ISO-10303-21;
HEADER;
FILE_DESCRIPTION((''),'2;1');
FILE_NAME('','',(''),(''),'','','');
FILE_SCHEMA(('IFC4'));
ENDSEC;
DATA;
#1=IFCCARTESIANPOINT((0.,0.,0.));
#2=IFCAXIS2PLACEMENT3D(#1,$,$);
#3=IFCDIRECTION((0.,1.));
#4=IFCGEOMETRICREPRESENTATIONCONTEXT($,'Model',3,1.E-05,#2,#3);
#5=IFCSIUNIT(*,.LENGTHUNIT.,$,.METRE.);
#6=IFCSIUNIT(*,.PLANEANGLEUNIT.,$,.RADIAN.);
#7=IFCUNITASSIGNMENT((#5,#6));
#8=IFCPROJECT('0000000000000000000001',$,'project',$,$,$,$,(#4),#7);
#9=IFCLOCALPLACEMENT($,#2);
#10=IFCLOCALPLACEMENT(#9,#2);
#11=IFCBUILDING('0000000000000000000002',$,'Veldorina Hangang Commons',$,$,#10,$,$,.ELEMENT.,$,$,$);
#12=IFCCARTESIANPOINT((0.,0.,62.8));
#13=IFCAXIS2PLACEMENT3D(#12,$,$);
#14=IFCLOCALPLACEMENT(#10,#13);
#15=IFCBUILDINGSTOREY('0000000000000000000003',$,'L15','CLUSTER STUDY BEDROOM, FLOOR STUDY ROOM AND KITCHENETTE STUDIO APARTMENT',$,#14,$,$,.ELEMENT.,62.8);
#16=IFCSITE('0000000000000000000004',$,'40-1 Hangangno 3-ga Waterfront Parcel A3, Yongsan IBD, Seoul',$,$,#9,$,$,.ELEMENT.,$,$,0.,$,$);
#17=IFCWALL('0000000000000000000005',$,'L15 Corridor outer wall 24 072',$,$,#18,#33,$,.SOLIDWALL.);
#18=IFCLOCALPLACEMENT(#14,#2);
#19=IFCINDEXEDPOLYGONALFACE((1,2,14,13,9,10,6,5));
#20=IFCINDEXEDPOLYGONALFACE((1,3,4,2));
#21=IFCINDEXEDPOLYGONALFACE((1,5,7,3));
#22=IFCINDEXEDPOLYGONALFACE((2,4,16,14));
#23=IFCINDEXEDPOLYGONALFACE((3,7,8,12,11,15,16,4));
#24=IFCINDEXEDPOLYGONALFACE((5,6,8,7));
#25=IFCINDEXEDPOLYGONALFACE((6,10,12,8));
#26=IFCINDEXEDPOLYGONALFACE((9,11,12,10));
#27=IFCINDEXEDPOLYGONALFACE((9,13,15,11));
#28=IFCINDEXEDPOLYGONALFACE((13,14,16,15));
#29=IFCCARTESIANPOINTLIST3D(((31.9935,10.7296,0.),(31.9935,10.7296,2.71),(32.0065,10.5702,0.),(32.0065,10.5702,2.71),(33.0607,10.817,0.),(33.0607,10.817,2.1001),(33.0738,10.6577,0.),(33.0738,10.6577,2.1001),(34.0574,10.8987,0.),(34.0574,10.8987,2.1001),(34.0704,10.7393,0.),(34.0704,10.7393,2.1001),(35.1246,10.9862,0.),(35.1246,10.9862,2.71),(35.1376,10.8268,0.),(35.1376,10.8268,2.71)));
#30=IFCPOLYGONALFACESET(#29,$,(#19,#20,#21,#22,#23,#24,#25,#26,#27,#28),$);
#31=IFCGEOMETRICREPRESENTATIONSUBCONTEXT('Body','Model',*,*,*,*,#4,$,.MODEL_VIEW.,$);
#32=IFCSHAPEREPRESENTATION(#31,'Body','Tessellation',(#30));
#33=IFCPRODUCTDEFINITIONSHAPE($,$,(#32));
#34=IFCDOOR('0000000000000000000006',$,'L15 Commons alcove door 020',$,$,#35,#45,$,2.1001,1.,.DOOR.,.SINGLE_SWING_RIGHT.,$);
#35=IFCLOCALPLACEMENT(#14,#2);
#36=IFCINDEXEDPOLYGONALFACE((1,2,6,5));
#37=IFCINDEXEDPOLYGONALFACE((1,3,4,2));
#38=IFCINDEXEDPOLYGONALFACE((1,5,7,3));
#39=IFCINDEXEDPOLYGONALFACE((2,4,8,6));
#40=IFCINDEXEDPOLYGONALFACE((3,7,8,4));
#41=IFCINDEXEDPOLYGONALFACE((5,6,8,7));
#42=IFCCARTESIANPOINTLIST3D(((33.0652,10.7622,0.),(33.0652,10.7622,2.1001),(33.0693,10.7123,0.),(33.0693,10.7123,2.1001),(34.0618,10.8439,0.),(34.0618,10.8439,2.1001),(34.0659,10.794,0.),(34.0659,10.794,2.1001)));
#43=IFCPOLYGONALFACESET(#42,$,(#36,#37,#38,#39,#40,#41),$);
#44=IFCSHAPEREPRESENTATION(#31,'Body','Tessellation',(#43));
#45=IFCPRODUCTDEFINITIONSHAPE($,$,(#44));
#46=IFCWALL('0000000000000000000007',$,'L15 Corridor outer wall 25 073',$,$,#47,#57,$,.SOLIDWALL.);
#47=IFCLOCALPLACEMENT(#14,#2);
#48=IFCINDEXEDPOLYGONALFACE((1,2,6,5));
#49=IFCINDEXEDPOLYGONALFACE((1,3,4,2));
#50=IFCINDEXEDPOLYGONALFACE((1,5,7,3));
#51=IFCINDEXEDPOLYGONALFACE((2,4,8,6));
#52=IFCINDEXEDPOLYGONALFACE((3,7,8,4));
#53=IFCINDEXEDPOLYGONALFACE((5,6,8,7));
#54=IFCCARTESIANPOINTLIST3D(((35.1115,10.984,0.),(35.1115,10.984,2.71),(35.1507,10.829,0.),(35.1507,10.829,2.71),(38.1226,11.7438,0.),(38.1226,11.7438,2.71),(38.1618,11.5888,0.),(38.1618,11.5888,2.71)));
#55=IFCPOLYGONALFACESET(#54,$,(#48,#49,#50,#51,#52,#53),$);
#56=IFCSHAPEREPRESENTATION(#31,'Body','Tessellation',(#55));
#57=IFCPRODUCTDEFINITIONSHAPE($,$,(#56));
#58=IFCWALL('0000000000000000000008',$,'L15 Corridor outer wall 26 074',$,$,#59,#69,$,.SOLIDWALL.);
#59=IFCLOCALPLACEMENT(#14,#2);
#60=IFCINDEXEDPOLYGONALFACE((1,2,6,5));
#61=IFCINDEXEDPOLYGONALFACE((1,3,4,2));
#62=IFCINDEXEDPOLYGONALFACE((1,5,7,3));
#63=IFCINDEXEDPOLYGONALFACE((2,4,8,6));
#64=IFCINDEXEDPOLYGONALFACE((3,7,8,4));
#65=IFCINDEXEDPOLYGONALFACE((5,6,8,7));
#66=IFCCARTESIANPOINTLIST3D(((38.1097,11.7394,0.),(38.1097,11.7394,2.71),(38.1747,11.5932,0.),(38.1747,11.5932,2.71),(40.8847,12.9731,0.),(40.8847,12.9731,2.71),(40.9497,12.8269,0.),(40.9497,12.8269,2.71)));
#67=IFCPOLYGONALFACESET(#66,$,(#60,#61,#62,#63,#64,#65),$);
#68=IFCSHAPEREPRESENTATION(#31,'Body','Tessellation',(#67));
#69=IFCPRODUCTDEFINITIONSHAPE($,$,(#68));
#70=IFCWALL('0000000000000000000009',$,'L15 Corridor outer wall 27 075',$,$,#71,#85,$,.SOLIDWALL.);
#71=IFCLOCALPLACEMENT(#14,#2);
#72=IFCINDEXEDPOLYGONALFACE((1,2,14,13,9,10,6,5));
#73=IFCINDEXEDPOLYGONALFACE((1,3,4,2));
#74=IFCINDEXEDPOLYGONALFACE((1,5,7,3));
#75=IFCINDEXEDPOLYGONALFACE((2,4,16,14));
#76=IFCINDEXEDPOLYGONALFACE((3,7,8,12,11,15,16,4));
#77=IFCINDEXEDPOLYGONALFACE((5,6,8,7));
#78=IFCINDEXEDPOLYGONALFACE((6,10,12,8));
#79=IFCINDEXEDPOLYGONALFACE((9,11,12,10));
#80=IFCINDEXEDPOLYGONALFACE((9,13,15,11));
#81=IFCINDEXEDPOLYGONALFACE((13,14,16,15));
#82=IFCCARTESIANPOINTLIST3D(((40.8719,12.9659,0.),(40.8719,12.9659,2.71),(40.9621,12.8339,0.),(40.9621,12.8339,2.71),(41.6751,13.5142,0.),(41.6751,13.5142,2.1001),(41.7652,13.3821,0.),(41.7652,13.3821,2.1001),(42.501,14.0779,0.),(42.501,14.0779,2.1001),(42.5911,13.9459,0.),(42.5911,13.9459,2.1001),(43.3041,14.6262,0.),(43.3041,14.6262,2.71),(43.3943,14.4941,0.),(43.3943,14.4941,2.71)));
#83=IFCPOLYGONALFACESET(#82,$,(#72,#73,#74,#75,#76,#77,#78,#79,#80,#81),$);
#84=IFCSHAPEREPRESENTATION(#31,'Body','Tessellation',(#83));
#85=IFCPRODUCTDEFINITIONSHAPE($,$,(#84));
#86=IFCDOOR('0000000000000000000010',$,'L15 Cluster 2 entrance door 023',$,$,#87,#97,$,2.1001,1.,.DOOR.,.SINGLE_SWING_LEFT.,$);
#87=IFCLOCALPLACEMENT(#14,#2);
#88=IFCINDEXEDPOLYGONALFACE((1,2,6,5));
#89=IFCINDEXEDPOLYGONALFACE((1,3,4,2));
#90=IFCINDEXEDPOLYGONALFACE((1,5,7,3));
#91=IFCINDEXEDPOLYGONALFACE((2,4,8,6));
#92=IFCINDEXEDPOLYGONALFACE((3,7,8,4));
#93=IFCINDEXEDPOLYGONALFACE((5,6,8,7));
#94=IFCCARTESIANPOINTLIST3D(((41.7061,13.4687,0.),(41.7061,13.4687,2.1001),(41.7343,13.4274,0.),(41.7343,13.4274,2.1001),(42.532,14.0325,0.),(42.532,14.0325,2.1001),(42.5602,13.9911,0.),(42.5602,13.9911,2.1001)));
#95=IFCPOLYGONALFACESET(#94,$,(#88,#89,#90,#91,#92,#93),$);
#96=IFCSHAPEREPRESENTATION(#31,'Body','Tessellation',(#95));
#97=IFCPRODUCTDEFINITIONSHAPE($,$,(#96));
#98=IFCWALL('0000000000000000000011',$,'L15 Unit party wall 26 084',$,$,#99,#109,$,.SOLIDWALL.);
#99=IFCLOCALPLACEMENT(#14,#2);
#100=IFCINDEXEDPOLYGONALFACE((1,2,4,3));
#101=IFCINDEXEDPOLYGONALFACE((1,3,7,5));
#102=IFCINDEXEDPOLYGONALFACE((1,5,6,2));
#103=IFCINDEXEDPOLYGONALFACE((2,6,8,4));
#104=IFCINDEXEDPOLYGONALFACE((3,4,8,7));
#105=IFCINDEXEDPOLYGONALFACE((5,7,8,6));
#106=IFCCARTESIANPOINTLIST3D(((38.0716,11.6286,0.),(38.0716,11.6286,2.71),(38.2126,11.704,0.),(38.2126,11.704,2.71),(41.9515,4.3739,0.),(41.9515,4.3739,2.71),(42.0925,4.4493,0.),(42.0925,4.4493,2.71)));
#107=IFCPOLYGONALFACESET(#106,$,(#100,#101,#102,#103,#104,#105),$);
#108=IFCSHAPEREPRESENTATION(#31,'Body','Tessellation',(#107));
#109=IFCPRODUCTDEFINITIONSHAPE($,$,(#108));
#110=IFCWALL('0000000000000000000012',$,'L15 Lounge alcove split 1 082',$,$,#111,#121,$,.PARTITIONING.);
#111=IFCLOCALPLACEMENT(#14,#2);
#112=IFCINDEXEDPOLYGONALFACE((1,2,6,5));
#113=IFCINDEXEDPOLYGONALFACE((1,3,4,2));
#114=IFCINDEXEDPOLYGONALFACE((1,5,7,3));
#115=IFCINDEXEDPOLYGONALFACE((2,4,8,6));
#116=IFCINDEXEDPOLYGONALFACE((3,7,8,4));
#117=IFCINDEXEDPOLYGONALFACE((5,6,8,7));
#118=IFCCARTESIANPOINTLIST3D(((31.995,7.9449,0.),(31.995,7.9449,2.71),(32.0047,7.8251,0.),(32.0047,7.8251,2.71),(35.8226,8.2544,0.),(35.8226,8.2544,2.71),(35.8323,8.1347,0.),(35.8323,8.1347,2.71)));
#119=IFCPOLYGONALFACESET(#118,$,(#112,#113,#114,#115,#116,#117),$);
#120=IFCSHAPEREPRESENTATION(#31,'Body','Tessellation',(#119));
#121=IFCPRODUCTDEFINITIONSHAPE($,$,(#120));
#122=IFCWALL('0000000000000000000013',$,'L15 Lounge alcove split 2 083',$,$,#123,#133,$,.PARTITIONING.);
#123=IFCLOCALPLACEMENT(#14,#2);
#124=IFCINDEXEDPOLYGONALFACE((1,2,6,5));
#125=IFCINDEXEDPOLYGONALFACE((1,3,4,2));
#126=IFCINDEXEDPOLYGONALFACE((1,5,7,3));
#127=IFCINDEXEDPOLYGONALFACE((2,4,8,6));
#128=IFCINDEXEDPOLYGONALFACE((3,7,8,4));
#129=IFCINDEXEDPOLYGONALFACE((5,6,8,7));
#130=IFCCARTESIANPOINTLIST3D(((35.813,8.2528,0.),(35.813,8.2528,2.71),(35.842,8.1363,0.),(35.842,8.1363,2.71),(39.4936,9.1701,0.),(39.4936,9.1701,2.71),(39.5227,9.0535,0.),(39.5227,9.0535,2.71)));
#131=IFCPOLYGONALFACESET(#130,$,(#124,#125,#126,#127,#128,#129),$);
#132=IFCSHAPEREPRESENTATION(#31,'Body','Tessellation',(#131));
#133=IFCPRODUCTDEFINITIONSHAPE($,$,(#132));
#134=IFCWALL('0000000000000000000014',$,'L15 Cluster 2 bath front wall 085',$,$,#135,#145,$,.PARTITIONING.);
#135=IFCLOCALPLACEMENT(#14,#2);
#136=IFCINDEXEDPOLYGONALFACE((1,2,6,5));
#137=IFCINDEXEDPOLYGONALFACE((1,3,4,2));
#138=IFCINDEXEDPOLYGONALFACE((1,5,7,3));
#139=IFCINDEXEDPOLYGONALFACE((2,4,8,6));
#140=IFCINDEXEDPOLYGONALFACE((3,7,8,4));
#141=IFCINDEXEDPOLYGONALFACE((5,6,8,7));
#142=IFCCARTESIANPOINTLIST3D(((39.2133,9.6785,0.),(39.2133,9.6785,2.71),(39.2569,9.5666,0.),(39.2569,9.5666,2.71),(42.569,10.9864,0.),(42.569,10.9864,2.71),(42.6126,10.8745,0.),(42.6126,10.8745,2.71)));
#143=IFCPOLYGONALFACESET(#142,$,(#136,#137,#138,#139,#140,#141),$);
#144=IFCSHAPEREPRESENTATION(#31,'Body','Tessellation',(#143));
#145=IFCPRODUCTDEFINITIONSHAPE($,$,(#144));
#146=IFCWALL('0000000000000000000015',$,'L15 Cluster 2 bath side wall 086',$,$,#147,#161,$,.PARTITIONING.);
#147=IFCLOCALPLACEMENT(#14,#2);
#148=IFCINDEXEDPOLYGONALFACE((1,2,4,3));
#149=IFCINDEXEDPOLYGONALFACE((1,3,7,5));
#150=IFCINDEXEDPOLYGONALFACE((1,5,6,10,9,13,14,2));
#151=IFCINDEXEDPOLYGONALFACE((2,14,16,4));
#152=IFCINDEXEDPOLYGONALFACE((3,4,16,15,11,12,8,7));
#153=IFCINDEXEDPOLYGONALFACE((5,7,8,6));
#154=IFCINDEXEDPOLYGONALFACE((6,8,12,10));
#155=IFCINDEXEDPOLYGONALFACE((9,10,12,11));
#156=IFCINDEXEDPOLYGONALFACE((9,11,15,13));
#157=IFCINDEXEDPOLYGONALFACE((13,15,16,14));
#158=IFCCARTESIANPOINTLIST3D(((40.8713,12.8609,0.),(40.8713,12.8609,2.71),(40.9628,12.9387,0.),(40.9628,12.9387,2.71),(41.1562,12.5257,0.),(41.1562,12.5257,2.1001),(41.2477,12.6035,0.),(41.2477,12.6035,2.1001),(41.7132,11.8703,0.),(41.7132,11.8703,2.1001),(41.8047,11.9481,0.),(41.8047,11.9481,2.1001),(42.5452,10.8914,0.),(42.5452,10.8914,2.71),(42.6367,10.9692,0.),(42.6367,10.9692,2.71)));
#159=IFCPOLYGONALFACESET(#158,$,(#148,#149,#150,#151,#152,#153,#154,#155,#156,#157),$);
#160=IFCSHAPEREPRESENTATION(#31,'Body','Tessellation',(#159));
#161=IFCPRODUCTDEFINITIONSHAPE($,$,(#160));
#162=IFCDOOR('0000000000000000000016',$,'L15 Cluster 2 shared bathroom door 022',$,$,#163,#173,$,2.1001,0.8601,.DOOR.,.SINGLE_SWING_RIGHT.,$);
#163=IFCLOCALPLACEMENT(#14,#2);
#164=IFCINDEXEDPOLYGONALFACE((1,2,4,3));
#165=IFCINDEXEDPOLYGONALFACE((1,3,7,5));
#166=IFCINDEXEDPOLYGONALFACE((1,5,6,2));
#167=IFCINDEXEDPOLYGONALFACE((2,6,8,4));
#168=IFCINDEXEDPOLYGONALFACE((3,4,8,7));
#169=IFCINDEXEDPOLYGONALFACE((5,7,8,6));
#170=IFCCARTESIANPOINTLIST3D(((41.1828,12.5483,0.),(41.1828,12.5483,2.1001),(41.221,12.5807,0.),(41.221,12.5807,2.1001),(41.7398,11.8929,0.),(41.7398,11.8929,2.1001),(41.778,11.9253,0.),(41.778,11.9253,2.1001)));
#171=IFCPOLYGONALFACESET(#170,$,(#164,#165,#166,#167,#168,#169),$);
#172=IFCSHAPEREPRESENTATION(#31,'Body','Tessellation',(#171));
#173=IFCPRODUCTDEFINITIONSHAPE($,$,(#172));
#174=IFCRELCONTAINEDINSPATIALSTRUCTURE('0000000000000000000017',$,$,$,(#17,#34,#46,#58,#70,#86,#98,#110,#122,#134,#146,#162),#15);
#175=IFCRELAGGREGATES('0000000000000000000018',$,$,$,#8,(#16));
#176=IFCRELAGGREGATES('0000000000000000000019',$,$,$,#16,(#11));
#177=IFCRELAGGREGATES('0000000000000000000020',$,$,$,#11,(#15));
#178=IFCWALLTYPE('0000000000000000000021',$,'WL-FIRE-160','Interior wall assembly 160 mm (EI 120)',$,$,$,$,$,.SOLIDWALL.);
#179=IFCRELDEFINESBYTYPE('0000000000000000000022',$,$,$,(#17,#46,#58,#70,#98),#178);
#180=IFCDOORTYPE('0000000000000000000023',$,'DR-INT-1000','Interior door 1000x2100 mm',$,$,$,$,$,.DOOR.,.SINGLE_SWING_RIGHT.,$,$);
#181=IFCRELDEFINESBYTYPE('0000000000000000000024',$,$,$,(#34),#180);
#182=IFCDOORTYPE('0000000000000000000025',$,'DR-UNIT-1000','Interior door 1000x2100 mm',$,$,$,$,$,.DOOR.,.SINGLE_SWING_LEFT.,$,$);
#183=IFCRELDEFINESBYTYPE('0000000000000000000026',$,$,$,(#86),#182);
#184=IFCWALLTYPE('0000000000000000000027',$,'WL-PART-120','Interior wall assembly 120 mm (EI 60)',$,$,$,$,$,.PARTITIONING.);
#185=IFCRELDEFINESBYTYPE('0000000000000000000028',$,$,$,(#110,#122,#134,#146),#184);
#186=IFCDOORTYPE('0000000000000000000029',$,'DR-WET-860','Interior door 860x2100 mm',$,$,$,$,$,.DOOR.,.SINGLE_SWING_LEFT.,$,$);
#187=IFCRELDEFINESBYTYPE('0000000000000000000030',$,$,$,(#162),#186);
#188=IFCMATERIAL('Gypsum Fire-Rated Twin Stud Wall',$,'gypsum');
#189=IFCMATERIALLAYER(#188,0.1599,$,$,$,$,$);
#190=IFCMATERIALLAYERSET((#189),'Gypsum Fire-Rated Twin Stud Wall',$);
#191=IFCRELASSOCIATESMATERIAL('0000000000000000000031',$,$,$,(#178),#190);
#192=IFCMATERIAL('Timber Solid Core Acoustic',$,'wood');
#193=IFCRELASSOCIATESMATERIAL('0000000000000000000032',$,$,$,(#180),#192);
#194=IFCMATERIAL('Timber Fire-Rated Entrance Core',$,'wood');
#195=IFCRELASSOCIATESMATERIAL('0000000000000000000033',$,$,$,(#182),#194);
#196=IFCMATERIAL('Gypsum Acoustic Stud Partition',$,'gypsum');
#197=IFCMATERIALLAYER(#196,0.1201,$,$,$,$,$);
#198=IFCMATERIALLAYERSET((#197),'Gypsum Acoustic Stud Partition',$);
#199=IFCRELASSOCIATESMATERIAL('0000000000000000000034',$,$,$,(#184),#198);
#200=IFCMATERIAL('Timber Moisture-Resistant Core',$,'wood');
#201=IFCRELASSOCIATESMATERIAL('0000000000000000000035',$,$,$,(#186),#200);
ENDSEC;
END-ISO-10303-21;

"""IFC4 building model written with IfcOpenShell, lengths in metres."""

from ifc_helpers import new_model, si_unit, direction, frame, frame_2d, origin, place, context, subcontext, project, spatial, rectangle, extrude, material, layer, layer_set, type_object, element, fill, save


model = new_model("IFC4")

# Units and contexts
model_context = context("Model", 3, precision=1e-05, world=origin(), true_north=direction((0.0, 1.0)))
body_context = subcontext(model_context, "Body", "Model", "MODEL_VIEW")
ifc_project = project(units=[si_unit("LENGTHUNIT", "METRE"), si_unit("PLANEANGLEUNIT", "RADIAN")], contexts=[model_context])

# Site, building, storey
site_placement = place(None, origin())
site = spatial("IfcSite", under=ifc_project, at=site_placement, Name="40-1 Hangangno 3-ga Waterfront Parcel A3, Yongsan IBD, Seoul", CompositionType="ELEMENT", RefElevation=0.0)
building_placement = place(site_placement, origin())
building = spatial("IfcBuilding", under=site, at=building_placement, Name="Veldorina Hangang Commons", CompositionType="ELEMENT")
storey_placement = place(building_placement, frame((0.0, 0.0, 62.8)))
storey = spatial("IfcBuildingStorey", under=building, at=storey_placement, Name="L15", Description="CLUSTER STUDY BEDROOM, FLOOR STUDY ROOM AND KITCHENETTE STUDIO APARTMENT", CompositionType="ELEMENT", Elevation=62.8)

# Wall, opening, door
ifc_material_1 = material(Name="Gypsum Fire-Rated Twin Stud Wall", Category="gypsum")
ifc_layer_1 = layer(ifc_material_1, 0.1599)
ifc_layer_set_1 = layer_set([ifc_layer_1], Name="Gypsum Fire-Rated Twin Stud Wall")
wall_type_1 = type_object("IfcWallType", Name="WL-FIRE-160", Description="Interior wall assembly 160 mm (EI 120)", PredefinedType="SOLIDWALL", material=ifc_layer_set_1)
wall_1_placement = place(storey_placement, frame((32.0, 10.6499, 0.0), z_axis=(0.0, 0.0, 1.0), x_axis=(0.996659, 0.081676, 0.0)))
wall_1 = element("IfcWall", 1, at=wall_1_placement, inside=storey, type_object=wall_type_1, Name="L15 Corridor outer wall 24 072", PredefinedType="SOLIDWALL", context=body_context, shape_type="SweptSolid", body=[
    extrude(rectangle(XDim=3.1416, YDim=0.1599, at=frame_2d((1.5708, 0.0))), origin(), (0.0, 0.0, 1.0), 2.71),
])
opening_1_placement = place(wall_1_placement, frame((1.0708, 0.0, 0.0)))
opening_1 = element("IfcOpeningElement", 2, at=opening_1_placement, cuts=wall_1, PredefinedType="OPENING", context=body_context, shape_type="SweptSolid", body=[
    extrude(rectangle(XDim=1.0, YDim=2.1001, at=frame_2d((0.5, 1.05))), frame((0.0, 0.0898, 0.0), z_axis=(0.0, -1.0, 0.0), x_axis=(1.0, 0.0, 0.0)), (0.0, 0.0, 1.0), 0.1799),
])
ifc_material_2 = material(Name="Timber Solid Core Acoustic", Category="wood")
door_type_1 = type_object("IfcDoorType", Name="DR-INT-1000", Description="Interior door 1000x2100 mm", OperationType="SINGLE_SWING_RIGHT", PredefinedType="DOOR", material=ifc_material_2)
door_1_placement = place(opening_1_placement, origin())
door_1 = element("IfcDoor", 3, at=door_1_placement, inside=storey, type_object=door_type_1, Name="L15 Commons alcove door 020", OperationType="SINGLE_SWING_RIGHT", OverallHeight=2.1001, OverallWidth=1.0, PredefinedType="DOOR", context=body_context, shape_type="SweptSolid", body=[
    extrude(rectangle(XDim=1.0, YDim=2.1001, at=frame_2d((0.5, 1.05))), frame((0.0, 0.0249, 0.0), z_axis=(0.0, -1.0, 0.0), x_axis=(1.0, 0.0, 0.0)), (0.0, 0.0, 1.0), 0.05),
])
fill(opening_1, door_1)

# Walls
wall_2_placement = place(storey_placement, frame((35.1311, 10.9065, 0.0), z_axis=(0.0, 0.0, 1.0), x_axis=(0.969608, 0.244662, 0.0)))
element("IfcWall", 4, at=wall_2_placement, inside=storey, type_object=wall_type_1, Name="L15 Corridor outer wall 25 073", PredefinedType="SOLIDWALL", context=body_context, shape_type="SweptSolid", body=[
    extrude(rectangle(XDim=3.1055, YDim=0.1599, at=frame_2d((1.5527, 0.0))), origin(), (0.0, 0.0, 1.0), 2.71),
])
wall_3_placement = place(storey_placement, frame((38.1421, 11.6663, 0.0), z_axis=(0.0, 0.0, 1.0), x_axis=(0.913768, 0.406235, 0.0)))
element("IfcWall", 5, at=wall_3_placement, inside=storey, type_object=wall_type_1, Name="L15 Corridor outer wall 26 074", PredefinedType="SOLIDWALL", context=body_context, shape_type="SweptSolid", body=[
    extrude(rectangle(XDim=3.0369, YDim=0.1599, at=frame_2d((1.5186, 0.0))), origin(), (0.0, 0.0, 1.0), 2.71),
])

# Wall, opening, door
wall_4_placement = place(storey_placement, frame((40.917, 12.8999, 0.0), z_axis=(0.0, 0.0, 1.0), x_axis=(0.825929, 0.563774, 0.0)))
wall_4 = element("IfcWall", 6, at=wall_4_placement, inside=storey, type_object=wall_type_1, Name="L15 Corridor outer wall 27 075", PredefinedType="SOLIDWALL", context=body_context, shape_type="SweptSolid", body=[
    extrude(rectangle(XDim=2.9448, YDim=0.1599, at=frame_2d((1.4724, 0.0))), origin(), (0.0, 0.0, 1.0), 2.71),
])
opening_2_placement = place(wall_4_placement, frame((0.9724, 0.0, 0.0)))
opening_2 = element("IfcOpeningElement", 7, at=opening_2_placement, cuts=wall_4, PredefinedType="OPENING", context=body_context, shape_type="SweptSolid", body=[
    extrude(rectangle(XDim=1.0, YDim=2.1001, at=frame_2d((0.5, 1.05))), frame((0.0, 0.0898, 0.0), z_axis=(0.0, -1.0, 0.0), x_axis=(1.0, 0.0, 0.0)), (0.0, 0.0, 1.0), 0.1799),
])
ifc_material_3 = material(Name="Timber Fire-Rated Entrance Core", Category="wood")
door_type_2 = type_object("IfcDoorType", Name="DR-UNIT-1000", Description="Interior door 1000x2100 mm", OperationType="SINGLE_SWING_LEFT", PredefinedType="DOOR", material=ifc_material_3)
door_2_placement = place(opening_2_placement, origin())
door_2 = element("IfcDoor", 8, at=door_2_placement, inside=storey, type_object=door_type_2, Name="L15 Cluster 2 entrance door 023", OperationType="SINGLE_SWING_LEFT", OverallHeight=2.1001, OverallWidth=1.0, PredefinedType="DOOR", context=body_context, shape_type="SweptSolid", body=[
    extrude(rectangle(XDim=1.0, YDim=2.1001, at=frame_2d((0.5, 1.05))), frame((0.0, 0.0249, 0.0), z_axis=(0.0, -1.0, 0.0), x_axis=(1.0, 0.0, 0.0)), (0.0, 0.0, 1.0), 0.05),
])
fill(opening_2, door_2)

# Walls
wall_5_placement = place(storey_placement, frame((38.1421, 11.6663, 0.0), z_axis=(0.0, 0.0, 1.0), x_axis=(0.471604, -0.88181, 0.0)))
element("IfcWall", 9, at=wall_5_placement, inside=storey, type_object=wall_type_1, Name="L15 Unit party wall 26 084", PredefinedType="SOLIDWALL", context=body_context, shape_type="SweptSolid", body=[
    extrude(rectangle(XDim=8.2271, YDim=0.1599, at=frame_2d((4.1135, 0.0))), origin(), (0.0, 0.0, 1.0), 2.71),
])
ifc_material_4 = material(Name="Gypsum Acoustic Stud Partition", Category="gypsum")
ifc_layer_2 = layer(ifc_material_4, 0.1201)
ifc_layer_set_2 = layer_set([ifc_layer_2], Name="Gypsum Acoustic Stud Partition")
wall_type_2 = type_object("IfcWallType", Name="WL-PART-120", Description="Interior wall assembly 120 mm (EI 60)", PredefinedType="PARTITIONING", material=ifc_layer_set_2)
wall_6_placement = place(storey_placement, frame((32.0, 7.885, 0.0), z_axis=(0.0, 0.0, 1.0), x_axis=(0.996745, 0.080614, 0.0)))
element("IfcWall", 10, at=wall_6_placement, inside=storey, type_object=wall_type_2, Name="L15 Lounge alcove split 1 082", PredefinedType="PARTITIONING", context=body_context, shape_type="SweptSolid", body=[
    extrude(rectangle(XDim=3.8401, YDim=0.1201, at=frame_2d((1.9199, 0.0))), origin(), (0.0, 0.0, 1.0), 2.71),
])
wall_7_placement = place(storey_placement, frame((35.8276, 8.1946, 0.0), z_axis=(0.0, 0.0, 1.0), x_axis=(0.970324, 0.241809, 0.0)))
element("IfcWall", 11, at=wall_7_placement, inside=storey, type_object=wall_type_2, Name="L15 Lounge alcove split 2 083", PredefinedType="PARTITIONING", context=body_context, shape_type="SweptSolid", body=[
    extrude(rectangle(XDim=3.7932, YDim=0.1201, at=frame_2d((1.8965, 0.0))), origin(), (0.0, 0.0, 1.0), 2.71),
])
wall_8_placement = place(storey_placement, frame((39.2351, 9.6226, 0.0), z_axis=(0.0, 0.0, 1.0), x_axis=(0.931736, 0.363136, 0.0)))
element("IfcWall", 12, at=wall_8_placement, inside=storey, type_object=wall_type_2, Name="L15 Cluster 2 bath front wall 085", PredefinedType="PARTITIONING", context=body_context, shape_type="SweptSolid", body=[
    extrude(rectangle(XDim=3.6016, YDim=0.1201, at=frame_2d((1.8008, 0.0))), origin(), (0.0, 0.0, 1.0), 2.71),
])

# Wall, opening, door
wall_9_placement = place(storey_placement, frame((40.917, 12.8999, 0.0), z_axis=(0.0, 0.0, 1.0), x_axis=(0.647596, -0.761984, 0.0)))
wall_9 = element("IfcWall", 13, at=wall_9_placement, inside=storey, type_object=wall_type_2, Name="L15 Cluster 2 bath side wall 086", PredefinedType="PARTITIONING", context=body_context, shape_type="SweptSolid", body=[
    extrude(rectangle(XDim=2.5847, YDim=0.1201, at=frame_2d((1.2925, 0.0))), origin(), (0.0, 0.0, 1.0), 2.71),
])
opening_3_placement = place(wall_9_placement, frame((0.4399, 0.0, 0.0)))
opening_3 = element("IfcOpeningElement", 14, at=opening_3_placement, cuts=wall_9, PredefinedType="OPENING", context=body_context, shape_type="SweptSolid", body=[
    extrude(rectangle(XDim=0.8601, YDim=2.1001, at=frame_2d((0.4302, 1.05))), frame((0.0, 0.0701, 0.0), z_axis=(0.0, -1.0, 0.0), x_axis=(1.0, 0.0, 0.0)), (0.0, 0.0, 1.0), 0.1401),
])
ifc_material_5 = material(Name="Timber Moisture-Resistant Core", Category="wood")
door_type_3 = type_object("IfcDoorType", Name="DR-WET-860", Description="Interior door 860x2100 mm", OperationType="SINGLE_SWING_LEFT", PredefinedType="DOOR", material=ifc_material_5)
door_3_placement = place(opening_3_placement, origin())
door_3 = element("IfcDoor", 15, at=door_3_placement, inside=storey, type_object=door_type_3, Name="L15 Cluster 2 shared bathroom door 022", OperationType="SINGLE_SWING_RIGHT", OverallHeight=2.1001, OverallWidth=0.8601, PredefinedType="DOOR", context=body_context, shape_type="SweptSolid", body=[
    extrude(rectangle(XDim=0.8601, YDim=2.1001, at=frame_2d((0.4302, 1.05))), frame((0.0, 0.0249, 0.0), z_axis=(0.0, -1.0, 0.0), x_axis=(1.0, 0.0, 0.0)), (0.0, 0.0, 1.0), 0.05),
])
fill(opening_3, door_3)

save(model, "model.ifc")
